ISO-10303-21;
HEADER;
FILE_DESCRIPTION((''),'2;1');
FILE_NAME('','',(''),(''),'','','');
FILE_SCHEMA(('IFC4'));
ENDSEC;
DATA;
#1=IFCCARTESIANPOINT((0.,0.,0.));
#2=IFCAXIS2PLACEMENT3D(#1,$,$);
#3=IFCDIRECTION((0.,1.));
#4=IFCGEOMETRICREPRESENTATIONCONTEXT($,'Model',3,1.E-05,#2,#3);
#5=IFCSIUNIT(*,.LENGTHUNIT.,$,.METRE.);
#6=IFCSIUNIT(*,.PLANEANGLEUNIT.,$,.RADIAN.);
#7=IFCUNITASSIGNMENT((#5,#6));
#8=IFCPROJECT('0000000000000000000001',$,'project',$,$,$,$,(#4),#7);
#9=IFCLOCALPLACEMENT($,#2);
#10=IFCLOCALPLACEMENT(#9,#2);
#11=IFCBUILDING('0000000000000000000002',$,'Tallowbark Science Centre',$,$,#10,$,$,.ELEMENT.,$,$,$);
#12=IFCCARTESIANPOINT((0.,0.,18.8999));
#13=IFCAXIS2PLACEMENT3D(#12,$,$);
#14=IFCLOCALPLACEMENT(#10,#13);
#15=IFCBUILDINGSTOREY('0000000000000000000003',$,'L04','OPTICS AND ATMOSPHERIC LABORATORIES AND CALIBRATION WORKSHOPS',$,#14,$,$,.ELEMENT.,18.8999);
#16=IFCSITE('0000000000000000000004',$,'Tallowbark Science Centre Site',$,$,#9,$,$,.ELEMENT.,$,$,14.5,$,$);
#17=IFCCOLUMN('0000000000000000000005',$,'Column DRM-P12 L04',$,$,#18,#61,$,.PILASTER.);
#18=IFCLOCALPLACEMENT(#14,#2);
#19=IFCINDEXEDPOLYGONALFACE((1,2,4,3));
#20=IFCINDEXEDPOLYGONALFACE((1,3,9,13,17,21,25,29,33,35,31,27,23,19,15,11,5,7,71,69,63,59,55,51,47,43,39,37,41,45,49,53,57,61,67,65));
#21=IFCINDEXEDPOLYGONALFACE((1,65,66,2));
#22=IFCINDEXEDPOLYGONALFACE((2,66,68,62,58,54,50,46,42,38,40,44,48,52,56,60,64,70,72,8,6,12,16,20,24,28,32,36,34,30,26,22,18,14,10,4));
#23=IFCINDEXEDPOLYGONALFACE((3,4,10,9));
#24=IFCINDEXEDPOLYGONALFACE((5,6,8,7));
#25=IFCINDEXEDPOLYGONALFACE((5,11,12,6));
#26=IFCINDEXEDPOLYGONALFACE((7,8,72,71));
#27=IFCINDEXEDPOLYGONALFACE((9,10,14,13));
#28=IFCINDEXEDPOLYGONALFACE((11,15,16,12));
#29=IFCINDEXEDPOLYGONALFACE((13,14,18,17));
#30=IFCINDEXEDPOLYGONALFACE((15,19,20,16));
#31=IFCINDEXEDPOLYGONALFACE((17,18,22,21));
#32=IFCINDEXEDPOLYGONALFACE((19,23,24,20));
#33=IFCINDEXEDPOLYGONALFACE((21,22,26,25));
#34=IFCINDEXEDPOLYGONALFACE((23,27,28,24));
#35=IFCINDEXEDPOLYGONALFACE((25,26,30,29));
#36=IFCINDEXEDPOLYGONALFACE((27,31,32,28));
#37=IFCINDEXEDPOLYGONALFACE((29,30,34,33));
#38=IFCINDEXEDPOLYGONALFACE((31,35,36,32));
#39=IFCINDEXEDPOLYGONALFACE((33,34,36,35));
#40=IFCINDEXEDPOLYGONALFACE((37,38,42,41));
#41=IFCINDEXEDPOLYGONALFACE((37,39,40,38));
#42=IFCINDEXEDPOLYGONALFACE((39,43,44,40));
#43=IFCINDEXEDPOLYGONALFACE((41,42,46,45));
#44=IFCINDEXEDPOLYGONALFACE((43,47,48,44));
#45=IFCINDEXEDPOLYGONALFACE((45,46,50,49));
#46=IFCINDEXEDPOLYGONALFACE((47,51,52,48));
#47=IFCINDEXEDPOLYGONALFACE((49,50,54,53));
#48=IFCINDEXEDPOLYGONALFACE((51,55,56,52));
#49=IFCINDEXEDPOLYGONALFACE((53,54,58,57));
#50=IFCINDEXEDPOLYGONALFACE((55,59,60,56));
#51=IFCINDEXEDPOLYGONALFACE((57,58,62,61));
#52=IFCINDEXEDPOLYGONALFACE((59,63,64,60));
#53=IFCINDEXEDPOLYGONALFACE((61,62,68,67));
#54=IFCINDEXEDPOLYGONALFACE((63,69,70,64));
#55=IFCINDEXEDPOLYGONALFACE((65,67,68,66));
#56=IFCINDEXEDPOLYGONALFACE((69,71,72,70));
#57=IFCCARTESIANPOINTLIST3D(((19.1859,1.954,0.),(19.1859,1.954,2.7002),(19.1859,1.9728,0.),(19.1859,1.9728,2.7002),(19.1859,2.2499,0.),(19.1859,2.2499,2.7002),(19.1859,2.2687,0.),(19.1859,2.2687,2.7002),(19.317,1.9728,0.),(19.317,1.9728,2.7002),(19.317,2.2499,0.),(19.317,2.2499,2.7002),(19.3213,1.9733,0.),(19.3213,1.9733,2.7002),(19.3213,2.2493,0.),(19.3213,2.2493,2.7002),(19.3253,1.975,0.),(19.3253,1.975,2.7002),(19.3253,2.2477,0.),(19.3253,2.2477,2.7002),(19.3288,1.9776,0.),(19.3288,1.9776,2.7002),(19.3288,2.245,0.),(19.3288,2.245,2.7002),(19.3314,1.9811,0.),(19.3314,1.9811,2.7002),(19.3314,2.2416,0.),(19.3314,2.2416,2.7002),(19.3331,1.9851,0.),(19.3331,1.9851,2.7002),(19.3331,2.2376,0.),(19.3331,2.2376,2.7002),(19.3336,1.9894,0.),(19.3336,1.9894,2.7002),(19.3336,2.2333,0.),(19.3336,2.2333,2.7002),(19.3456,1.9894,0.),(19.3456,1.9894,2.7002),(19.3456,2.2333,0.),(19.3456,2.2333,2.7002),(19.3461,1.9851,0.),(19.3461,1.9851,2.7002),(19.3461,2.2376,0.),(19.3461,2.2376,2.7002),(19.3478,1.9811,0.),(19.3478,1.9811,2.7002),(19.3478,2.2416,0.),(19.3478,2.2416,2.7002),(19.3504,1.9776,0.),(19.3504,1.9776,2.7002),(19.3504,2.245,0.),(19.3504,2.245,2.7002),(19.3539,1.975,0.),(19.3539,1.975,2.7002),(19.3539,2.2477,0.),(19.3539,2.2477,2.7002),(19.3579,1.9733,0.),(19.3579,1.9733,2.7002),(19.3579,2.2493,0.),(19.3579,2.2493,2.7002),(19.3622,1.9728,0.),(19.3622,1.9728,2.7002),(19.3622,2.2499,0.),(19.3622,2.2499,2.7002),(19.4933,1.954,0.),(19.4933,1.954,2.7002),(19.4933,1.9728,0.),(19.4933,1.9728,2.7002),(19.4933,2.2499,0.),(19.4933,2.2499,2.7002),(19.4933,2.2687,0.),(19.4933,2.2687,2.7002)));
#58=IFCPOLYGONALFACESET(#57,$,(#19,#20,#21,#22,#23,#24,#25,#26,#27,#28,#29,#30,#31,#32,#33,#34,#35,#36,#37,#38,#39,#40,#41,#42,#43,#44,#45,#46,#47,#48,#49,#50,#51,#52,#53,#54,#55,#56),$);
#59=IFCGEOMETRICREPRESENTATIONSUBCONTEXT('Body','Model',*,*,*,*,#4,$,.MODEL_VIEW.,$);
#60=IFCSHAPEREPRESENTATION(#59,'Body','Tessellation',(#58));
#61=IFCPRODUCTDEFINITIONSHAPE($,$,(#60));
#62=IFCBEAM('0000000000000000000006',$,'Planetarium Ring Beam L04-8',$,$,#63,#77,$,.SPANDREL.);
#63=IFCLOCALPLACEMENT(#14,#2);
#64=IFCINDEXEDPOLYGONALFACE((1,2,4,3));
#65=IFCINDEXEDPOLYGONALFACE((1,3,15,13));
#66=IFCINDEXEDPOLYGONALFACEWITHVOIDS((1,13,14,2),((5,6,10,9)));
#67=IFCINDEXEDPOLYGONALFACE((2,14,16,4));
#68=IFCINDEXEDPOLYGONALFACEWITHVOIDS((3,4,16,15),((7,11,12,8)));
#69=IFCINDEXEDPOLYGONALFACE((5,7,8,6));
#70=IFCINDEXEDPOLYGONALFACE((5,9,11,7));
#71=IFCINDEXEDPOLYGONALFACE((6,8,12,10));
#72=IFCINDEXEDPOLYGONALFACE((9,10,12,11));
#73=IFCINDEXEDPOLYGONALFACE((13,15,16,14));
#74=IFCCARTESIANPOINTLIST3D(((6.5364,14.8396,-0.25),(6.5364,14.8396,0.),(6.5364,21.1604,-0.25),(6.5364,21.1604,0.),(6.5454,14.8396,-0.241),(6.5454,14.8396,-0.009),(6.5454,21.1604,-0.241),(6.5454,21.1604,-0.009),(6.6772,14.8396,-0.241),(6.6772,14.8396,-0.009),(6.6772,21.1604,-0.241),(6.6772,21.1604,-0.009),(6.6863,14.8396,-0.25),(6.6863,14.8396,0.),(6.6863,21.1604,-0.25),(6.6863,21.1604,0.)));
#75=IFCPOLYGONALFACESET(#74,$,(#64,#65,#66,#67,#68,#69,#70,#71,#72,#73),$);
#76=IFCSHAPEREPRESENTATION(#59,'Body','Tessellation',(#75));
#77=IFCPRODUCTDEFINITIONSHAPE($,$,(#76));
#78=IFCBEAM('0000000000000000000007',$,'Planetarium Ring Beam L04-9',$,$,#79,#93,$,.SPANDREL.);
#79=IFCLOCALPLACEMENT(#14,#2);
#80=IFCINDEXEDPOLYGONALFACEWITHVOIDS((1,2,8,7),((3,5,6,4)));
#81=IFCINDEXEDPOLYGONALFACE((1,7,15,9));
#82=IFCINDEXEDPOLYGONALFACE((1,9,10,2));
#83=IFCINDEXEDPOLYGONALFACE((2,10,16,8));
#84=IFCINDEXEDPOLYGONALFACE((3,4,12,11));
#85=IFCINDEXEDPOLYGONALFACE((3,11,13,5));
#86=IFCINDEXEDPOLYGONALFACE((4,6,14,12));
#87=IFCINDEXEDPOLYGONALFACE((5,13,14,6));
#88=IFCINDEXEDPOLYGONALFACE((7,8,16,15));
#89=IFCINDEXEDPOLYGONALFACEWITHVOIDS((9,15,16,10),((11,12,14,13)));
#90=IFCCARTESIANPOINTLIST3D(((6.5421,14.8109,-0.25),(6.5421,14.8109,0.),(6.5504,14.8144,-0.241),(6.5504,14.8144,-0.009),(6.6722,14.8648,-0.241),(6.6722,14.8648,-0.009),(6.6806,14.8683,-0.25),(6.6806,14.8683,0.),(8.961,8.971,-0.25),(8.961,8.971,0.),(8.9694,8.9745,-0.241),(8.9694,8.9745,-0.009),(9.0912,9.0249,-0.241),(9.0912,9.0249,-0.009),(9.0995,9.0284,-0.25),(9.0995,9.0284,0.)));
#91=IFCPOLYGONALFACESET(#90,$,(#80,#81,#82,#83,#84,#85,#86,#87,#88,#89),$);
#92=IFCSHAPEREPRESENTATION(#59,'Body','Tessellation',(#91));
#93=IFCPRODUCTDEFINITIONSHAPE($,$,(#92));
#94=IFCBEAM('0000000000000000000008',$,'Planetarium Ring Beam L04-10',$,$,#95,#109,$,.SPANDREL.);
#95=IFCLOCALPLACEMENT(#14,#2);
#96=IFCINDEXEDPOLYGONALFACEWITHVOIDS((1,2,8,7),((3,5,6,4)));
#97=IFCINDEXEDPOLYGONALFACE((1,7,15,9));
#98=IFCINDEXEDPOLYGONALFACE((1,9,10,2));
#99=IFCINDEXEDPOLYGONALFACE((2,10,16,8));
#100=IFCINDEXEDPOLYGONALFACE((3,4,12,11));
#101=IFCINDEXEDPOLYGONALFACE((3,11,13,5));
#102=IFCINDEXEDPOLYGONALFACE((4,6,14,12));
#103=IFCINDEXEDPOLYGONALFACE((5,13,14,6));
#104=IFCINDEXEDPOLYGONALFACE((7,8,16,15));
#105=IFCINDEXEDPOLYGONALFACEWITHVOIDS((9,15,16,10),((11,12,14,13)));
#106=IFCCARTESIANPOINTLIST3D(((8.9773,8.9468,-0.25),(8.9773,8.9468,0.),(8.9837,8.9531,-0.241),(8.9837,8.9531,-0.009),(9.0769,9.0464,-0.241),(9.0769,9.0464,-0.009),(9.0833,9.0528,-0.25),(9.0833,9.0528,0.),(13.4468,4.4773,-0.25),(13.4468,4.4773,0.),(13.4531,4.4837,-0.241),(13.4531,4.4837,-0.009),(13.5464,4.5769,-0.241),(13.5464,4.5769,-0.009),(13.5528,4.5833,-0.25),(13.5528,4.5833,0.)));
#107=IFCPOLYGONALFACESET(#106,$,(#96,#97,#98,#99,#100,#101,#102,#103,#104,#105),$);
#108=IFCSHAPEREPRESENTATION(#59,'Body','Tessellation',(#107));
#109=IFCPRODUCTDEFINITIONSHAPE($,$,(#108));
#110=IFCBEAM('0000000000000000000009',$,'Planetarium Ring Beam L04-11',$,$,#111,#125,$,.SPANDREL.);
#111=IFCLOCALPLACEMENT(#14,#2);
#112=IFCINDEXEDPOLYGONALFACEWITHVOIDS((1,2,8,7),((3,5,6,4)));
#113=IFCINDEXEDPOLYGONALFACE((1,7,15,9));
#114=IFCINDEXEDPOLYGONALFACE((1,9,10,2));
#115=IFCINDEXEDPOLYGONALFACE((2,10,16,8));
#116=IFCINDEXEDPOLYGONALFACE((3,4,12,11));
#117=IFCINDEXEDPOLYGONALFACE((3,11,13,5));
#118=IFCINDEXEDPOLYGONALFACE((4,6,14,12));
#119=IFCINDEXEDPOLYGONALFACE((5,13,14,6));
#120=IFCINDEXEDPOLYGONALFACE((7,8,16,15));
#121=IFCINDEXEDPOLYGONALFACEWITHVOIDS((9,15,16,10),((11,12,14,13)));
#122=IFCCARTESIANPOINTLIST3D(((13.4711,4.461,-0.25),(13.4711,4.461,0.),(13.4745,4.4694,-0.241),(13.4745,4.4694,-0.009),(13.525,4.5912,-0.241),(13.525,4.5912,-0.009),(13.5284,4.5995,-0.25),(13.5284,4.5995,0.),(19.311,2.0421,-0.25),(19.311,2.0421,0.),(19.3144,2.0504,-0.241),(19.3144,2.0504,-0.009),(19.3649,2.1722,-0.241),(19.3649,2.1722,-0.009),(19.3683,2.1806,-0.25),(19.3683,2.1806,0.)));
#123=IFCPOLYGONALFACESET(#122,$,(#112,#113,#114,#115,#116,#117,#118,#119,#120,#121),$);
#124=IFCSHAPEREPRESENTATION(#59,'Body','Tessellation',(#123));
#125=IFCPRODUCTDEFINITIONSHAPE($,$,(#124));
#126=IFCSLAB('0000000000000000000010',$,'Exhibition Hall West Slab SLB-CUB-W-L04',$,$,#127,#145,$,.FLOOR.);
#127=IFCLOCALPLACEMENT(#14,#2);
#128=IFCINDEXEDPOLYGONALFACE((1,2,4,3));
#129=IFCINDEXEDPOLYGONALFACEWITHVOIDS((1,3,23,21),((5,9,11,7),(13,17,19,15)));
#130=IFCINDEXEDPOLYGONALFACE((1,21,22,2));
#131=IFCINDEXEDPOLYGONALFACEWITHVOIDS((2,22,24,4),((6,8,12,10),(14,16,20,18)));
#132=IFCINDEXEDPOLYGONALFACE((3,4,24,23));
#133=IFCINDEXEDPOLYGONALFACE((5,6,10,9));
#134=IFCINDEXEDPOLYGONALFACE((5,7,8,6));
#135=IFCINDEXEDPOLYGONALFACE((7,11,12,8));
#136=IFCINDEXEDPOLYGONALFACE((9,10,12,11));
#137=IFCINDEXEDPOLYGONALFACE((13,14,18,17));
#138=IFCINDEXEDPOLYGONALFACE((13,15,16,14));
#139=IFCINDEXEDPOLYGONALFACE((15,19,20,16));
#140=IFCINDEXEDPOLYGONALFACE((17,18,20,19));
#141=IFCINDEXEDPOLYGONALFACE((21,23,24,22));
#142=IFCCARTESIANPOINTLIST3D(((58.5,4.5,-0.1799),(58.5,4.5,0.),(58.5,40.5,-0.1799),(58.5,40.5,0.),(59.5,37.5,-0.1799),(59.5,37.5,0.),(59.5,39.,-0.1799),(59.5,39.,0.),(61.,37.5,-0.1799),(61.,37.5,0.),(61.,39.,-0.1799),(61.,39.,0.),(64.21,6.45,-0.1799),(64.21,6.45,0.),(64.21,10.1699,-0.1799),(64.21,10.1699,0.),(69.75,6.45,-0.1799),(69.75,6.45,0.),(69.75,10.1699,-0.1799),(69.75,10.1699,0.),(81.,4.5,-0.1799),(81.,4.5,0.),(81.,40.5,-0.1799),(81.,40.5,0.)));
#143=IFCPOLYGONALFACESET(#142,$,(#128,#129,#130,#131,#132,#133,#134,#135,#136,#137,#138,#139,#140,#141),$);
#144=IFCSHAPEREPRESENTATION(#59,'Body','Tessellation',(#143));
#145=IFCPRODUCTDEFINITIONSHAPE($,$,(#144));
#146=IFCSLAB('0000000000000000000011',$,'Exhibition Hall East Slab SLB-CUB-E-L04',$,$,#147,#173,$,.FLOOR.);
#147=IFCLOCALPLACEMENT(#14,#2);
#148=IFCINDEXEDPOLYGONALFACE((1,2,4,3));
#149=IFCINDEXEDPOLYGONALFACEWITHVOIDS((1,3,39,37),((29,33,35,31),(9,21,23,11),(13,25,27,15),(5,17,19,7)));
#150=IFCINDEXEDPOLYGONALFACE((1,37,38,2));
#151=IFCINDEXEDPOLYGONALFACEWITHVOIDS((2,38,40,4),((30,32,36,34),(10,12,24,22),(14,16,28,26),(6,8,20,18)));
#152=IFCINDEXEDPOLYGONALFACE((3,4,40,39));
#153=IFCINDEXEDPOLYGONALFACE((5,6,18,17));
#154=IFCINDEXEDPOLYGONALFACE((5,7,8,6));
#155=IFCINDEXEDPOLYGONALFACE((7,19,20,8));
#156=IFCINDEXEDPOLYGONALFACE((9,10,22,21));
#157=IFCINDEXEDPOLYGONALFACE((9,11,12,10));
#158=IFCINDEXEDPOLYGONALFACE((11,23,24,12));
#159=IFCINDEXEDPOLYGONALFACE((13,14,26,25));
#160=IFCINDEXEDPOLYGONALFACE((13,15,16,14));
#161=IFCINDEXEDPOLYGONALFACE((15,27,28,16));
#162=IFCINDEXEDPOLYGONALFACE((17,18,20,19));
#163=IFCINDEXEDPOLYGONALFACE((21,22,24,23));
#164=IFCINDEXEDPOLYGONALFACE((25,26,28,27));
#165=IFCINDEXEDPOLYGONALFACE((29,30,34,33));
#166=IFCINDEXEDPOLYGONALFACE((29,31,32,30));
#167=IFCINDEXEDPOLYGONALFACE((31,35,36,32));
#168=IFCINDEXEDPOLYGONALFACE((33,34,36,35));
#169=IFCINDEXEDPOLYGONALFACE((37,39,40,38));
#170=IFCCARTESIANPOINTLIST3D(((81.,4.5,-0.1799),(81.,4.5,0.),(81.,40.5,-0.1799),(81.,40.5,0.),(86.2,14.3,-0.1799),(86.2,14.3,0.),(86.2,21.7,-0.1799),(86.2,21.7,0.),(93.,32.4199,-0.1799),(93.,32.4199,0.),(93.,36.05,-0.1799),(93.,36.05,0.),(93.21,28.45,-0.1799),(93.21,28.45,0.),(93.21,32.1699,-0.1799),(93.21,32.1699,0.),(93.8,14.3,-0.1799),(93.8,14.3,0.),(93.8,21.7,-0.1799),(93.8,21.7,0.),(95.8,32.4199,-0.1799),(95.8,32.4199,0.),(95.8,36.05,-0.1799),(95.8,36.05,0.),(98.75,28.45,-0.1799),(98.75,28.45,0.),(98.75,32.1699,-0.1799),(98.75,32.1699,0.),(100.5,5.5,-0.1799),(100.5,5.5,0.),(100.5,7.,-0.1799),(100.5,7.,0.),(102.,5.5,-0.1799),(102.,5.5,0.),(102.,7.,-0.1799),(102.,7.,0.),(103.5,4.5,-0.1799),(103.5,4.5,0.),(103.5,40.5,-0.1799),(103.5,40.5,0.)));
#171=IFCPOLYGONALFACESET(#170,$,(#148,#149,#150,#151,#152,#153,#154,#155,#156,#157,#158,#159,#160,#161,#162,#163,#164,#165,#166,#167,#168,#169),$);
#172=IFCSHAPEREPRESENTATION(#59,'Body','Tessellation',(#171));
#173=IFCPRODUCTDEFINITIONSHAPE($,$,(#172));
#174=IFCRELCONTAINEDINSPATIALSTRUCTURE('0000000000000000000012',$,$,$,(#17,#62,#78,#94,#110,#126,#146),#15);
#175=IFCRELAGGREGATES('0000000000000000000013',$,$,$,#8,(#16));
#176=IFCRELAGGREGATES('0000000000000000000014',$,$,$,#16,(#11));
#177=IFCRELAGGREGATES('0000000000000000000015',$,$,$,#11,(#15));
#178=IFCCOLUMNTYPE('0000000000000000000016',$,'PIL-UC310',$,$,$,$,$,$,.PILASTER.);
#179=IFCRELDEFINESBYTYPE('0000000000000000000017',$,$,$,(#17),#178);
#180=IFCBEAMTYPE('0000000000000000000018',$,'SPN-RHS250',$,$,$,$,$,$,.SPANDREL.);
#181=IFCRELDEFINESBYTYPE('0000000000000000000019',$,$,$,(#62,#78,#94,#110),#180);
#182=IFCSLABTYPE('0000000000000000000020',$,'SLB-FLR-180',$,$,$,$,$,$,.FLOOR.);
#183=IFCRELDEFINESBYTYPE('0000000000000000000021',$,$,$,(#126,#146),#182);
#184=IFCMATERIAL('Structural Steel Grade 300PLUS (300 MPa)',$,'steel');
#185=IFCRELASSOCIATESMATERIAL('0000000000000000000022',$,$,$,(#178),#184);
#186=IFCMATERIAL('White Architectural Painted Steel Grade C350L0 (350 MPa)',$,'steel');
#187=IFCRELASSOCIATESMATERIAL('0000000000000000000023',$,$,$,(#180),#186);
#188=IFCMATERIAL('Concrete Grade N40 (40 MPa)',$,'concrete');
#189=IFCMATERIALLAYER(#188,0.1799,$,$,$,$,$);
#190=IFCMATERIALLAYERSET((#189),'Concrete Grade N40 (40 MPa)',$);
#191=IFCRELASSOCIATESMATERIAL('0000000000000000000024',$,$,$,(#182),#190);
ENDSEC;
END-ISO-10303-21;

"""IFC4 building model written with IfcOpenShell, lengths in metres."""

from ifc_helpers import new_model, si_unit, direction, frame, origin, origin_2d, place, context, subcontext, project, spatial, polyline, hollow_rectangle, i_section, outline, extrude, material, layer, layer_set, material_profile, profile_set, type_object, element, save


model = new_model("IFC4")

# Units and contexts
model_context = context("Model", 3, precision=1e-05, world=origin(), true_north=direction((0.0, 1.0)))
body_context = subcontext(model_context, "Body", "Model", "MODEL_VIEW")
ifc_project = project(units=[si_unit("LENGTHUNIT", "METRE"), si_unit("PLANEANGLEUNIT", "RADIAN")], contexts=[model_context])

# Site, building, storey
site_placement = place(None, origin())
site = spatial("IfcSite", under=ifc_project, at=site_placement, Name="Tallowbark Science Centre Site", CompositionType="ELEMENT", RefElevation=14.5)
building_placement = place(site_placement, origin())
building = spatial("IfcBuilding", under=site, at=building_placement, Name="Tallowbark Science Centre", CompositionType="ELEMENT")
storey_placement = place(building_placement, frame((0.0, 0.0, 18.8999)))
storey = spatial("IfcBuildingStorey", under=building, at=storey_placement, Name="L04", Description="OPTICS AND ATMOSPHERIC LABORATORIES AND CALIBRATION WORKSHOPS", CompositionType="ELEMENT", Elevation=18.8999)

# Column
ifc_material_1 = material(Name="Structural Steel Grade 300PLUS (300 MPa)", Category="steel")
ifc_material_profile_1 = material_profile(ifc_material_1, i_section(OverallWidth=0.3074, OverallDepth=0.3147, WebThickness=0.012, FlangeThickness=0.0188, FilletRadius=0.0166, at=origin_2d()), Name="310UC118")
ifc_profile_set_1 = profile_set([ifc_material_profile_1], Name="Structural Steel Grade 300PLUS (300 MPa)")
column_type = type_object("IfcColumnType", Name="PIL-UC310", PredefinedType="PILASTER", material=ifc_profile_set_1)
for number, where, z_axis, x_axis, name in (
    (1, (19.3396, 2.1113, 0.0), (0.0, 0.0, 1.0), (1.0, 0.0, 0.0), "Column DRM-P12 L04"),
):
    element("IfcColumn", number, at=place(storey_placement, frame(where, z_axis=z_axis, x_axis=x_axis)), inside=storey, type_object=column_type, Name=name, PredefinedType="PILASTER", context=body_context, shape_type="SweptSolid", body=[
        extrude(i_section(OverallWidth=0.3074, OverallDepth=0.3147, WebThickness=0.012, FlangeThickness=0.0188, FilletRadius=0.0166, at=origin_2d()), origin(), (0.0, 0.0, 1.0), 2.7002),
    ])

# Beams
ifc_material_2 = material(Name="White Architectural Painted Steel Grade C350L0 (350 MPa)", Category="steel")
ifc_material_profile_2 = material_profile(ifc_material_2, hollow_rectangle(XDim=0.1499, YDim=0.25, WallThickness=0.009, at=origin_2d()), Name="250x150x9.0RHS")
ifc_profile_set_2 = profile_set([ifc_material_profile_2], Name="White Architectural Painted Steel Grade C350L0 (350 MPa)")
beam_type = type_object("IfcBeamType", Name="SPN-RHS250", PredefinedType="SPANDREL", material=ifc_profile_set_2)
beam_1_placement = place(storey_placement, frame((6.6113, 21.1604, -0.125), z_axis=(0.0, -1.0, 0.0), x_axis=(1.0, 0.0, 0.0)))
element("IfcBeam", 2, at=beam_1_placement, inside=storey, type_object=beam_type, Name="Planetarium Ring Beam L04-8", PredefinedType="SPANDREL", context=body_context, shape_type="SweptSolid", body=[
    extrude(hollow_rectangle(XDim=0.1499, YDim=0.25, WallThickness=0.009, at=origin_2d()), origin(), (0.0, 0.0, 1.0), 6.3208),
])
beam_2_placement = place(storey_placement, frame((6.6113, 14.8396, -0.125), z_axis=(0.382684, -0.923879, 0.0), x_axis=(0.923879, 0.382684, 0.0)))
element("IfcBeam", 3, at=beam_2_placement, inside=storey, type_object=beam_type, Name="Planetarium Ring Beam L04-9", PredefinedType="SPANDREL", context=body_context, shape_type="SweptSolid", body=[
    extrude(hollow_rectangle(XDim=0.1499, YDim=0.25, WallThickness=0.009, at=origin_2d()), origin(), (0.0, 0.0, 1.0), 6.321),
])
beam_3_placement = place(storey_placement, frame((9.0303, 8.9998, -0.125), z_axis=(0.707107, -0.707107, 0.0), x_axis=(0.707107, 0.707107, 0.0)))
element("IfcBeam", 4, at=beam_3_placement, inside=storey, type_object=beam_type, Name="Planetarium Ring Beam L04-10", PredefinedType="SPANDREL", context=body_context, shape_type="SweptSolid", body=[
    extrude(hollow_rectangle(XDim=0.1499, YDim=0.25, WallThickness=0.009, at=origin_2d()), origin(), (0.0, 0.0, 1.0), 6.3208),
])
beam_4_placement = place(storey_placement, frame((13.4998, 4.5303, -0.125), z_axis=(0.923879, -0.382684, 0.0), x_axis=(0.382684, 0.923879, 0.0)))
element("IfcBeam", 5, at=beam_4_placement, inside=storey, type_object=beam_type, Name="Planetarium Ring Beam L04-11", PredefinedType="SPANDREL", context=body_context, shape_type="SweptSolid", body=[
    extrude(hollow_rectangle(XDim=0.1499, YDim=0.25, WallThickness=0.009, at=origin_2d()), origin(), (0.0, 0.0, 1.0), 6.321),
])

# Slabs
ifc_material_3 = material(Name="Concrete Grade N40 (40 MPa)", Category="concrete")
ifc_layer_1 = layer(ifc_material_3, 0.1799)
ifc_layer_set_1 = layer_set([ifc_layer_1], Name="Concrete Grade N40 (40 MPa)")
slab_type_1 = type_object("IfcSlabType", Name="SLB-FLR-180", PredefinedType="FLOOR", material=ifc_layer_set_1)
slab_1_placement = place(storey_placement, frame((0.0, 0.0, -0.1799)))
element("IfcSlab", 6, at=slab_1_placement, inside=storey, type_object=slab_type_1, Name="Exhibition Hall West Slab SLB-CUB-W-L04", PredefinedType="FLOOR", context=body_context, shape_type="SweptSolid", body=[
    extrude(outline(polyline([(58.5, 4.5), (81.0, 4.5), (81.0, 40.5), (58.5, 40.5), (58.5, 4.5)]), holes=[polyline([(64.21, 6.45), (69.75, 6.45), (69.75, 10.1699), (64.21, 10.1699), (64.21, 6.45)]), polyline([(59.5, 37.5), (61.0, 37.5), (61.0, 39.0), (59.5, 39.0), (59.5, 37.5)])]), origin(), (0.0, 0.0, 1.0), 0.1799),
])
slab_2_placement = place(storey_placement, frame((0.0, 0.0, -0.1799)))
element("IfcSlab", 7, at=slab_2_placement, inside=storey, type_object=slab_type_1, Name="Exhibition Hall East Slab SLB-CUB-E-L04", PredefinedType="FLOOR", context=body_context, shape_type="SweptSolid", body=[
    extrude(outline(polyline([(81.0, 4.5), (103.5, 4.5), (103.5, 40.5), (81.0, 40.5), (81.0, 4.5)]), holes=[polyline([(93.21, 28.45), (98.75, 28.45), (98.75, 32.1699), (93.21, 32.1699), (93.21, 28.45)]), polyline([(93.0, 32.4199), (95.8, 32.4199), (95.8, 36.05), (93.0, 36.05), (93.0, 32.4199)]), polyline([(100.5, 5.5), (102.0, 5.5), (102.0, 7.0), (100.5, 7.0), (100.5, 5.5)]), polyline([(86.2, 14.3), (93.8, 14.3), (93.8, 21.7), (86.2, 21.7), (86.2, 14.3)])]), origin(), (0.0, 0.0, 1.0), 0.1799),
])

save(model, "model.ifc")
